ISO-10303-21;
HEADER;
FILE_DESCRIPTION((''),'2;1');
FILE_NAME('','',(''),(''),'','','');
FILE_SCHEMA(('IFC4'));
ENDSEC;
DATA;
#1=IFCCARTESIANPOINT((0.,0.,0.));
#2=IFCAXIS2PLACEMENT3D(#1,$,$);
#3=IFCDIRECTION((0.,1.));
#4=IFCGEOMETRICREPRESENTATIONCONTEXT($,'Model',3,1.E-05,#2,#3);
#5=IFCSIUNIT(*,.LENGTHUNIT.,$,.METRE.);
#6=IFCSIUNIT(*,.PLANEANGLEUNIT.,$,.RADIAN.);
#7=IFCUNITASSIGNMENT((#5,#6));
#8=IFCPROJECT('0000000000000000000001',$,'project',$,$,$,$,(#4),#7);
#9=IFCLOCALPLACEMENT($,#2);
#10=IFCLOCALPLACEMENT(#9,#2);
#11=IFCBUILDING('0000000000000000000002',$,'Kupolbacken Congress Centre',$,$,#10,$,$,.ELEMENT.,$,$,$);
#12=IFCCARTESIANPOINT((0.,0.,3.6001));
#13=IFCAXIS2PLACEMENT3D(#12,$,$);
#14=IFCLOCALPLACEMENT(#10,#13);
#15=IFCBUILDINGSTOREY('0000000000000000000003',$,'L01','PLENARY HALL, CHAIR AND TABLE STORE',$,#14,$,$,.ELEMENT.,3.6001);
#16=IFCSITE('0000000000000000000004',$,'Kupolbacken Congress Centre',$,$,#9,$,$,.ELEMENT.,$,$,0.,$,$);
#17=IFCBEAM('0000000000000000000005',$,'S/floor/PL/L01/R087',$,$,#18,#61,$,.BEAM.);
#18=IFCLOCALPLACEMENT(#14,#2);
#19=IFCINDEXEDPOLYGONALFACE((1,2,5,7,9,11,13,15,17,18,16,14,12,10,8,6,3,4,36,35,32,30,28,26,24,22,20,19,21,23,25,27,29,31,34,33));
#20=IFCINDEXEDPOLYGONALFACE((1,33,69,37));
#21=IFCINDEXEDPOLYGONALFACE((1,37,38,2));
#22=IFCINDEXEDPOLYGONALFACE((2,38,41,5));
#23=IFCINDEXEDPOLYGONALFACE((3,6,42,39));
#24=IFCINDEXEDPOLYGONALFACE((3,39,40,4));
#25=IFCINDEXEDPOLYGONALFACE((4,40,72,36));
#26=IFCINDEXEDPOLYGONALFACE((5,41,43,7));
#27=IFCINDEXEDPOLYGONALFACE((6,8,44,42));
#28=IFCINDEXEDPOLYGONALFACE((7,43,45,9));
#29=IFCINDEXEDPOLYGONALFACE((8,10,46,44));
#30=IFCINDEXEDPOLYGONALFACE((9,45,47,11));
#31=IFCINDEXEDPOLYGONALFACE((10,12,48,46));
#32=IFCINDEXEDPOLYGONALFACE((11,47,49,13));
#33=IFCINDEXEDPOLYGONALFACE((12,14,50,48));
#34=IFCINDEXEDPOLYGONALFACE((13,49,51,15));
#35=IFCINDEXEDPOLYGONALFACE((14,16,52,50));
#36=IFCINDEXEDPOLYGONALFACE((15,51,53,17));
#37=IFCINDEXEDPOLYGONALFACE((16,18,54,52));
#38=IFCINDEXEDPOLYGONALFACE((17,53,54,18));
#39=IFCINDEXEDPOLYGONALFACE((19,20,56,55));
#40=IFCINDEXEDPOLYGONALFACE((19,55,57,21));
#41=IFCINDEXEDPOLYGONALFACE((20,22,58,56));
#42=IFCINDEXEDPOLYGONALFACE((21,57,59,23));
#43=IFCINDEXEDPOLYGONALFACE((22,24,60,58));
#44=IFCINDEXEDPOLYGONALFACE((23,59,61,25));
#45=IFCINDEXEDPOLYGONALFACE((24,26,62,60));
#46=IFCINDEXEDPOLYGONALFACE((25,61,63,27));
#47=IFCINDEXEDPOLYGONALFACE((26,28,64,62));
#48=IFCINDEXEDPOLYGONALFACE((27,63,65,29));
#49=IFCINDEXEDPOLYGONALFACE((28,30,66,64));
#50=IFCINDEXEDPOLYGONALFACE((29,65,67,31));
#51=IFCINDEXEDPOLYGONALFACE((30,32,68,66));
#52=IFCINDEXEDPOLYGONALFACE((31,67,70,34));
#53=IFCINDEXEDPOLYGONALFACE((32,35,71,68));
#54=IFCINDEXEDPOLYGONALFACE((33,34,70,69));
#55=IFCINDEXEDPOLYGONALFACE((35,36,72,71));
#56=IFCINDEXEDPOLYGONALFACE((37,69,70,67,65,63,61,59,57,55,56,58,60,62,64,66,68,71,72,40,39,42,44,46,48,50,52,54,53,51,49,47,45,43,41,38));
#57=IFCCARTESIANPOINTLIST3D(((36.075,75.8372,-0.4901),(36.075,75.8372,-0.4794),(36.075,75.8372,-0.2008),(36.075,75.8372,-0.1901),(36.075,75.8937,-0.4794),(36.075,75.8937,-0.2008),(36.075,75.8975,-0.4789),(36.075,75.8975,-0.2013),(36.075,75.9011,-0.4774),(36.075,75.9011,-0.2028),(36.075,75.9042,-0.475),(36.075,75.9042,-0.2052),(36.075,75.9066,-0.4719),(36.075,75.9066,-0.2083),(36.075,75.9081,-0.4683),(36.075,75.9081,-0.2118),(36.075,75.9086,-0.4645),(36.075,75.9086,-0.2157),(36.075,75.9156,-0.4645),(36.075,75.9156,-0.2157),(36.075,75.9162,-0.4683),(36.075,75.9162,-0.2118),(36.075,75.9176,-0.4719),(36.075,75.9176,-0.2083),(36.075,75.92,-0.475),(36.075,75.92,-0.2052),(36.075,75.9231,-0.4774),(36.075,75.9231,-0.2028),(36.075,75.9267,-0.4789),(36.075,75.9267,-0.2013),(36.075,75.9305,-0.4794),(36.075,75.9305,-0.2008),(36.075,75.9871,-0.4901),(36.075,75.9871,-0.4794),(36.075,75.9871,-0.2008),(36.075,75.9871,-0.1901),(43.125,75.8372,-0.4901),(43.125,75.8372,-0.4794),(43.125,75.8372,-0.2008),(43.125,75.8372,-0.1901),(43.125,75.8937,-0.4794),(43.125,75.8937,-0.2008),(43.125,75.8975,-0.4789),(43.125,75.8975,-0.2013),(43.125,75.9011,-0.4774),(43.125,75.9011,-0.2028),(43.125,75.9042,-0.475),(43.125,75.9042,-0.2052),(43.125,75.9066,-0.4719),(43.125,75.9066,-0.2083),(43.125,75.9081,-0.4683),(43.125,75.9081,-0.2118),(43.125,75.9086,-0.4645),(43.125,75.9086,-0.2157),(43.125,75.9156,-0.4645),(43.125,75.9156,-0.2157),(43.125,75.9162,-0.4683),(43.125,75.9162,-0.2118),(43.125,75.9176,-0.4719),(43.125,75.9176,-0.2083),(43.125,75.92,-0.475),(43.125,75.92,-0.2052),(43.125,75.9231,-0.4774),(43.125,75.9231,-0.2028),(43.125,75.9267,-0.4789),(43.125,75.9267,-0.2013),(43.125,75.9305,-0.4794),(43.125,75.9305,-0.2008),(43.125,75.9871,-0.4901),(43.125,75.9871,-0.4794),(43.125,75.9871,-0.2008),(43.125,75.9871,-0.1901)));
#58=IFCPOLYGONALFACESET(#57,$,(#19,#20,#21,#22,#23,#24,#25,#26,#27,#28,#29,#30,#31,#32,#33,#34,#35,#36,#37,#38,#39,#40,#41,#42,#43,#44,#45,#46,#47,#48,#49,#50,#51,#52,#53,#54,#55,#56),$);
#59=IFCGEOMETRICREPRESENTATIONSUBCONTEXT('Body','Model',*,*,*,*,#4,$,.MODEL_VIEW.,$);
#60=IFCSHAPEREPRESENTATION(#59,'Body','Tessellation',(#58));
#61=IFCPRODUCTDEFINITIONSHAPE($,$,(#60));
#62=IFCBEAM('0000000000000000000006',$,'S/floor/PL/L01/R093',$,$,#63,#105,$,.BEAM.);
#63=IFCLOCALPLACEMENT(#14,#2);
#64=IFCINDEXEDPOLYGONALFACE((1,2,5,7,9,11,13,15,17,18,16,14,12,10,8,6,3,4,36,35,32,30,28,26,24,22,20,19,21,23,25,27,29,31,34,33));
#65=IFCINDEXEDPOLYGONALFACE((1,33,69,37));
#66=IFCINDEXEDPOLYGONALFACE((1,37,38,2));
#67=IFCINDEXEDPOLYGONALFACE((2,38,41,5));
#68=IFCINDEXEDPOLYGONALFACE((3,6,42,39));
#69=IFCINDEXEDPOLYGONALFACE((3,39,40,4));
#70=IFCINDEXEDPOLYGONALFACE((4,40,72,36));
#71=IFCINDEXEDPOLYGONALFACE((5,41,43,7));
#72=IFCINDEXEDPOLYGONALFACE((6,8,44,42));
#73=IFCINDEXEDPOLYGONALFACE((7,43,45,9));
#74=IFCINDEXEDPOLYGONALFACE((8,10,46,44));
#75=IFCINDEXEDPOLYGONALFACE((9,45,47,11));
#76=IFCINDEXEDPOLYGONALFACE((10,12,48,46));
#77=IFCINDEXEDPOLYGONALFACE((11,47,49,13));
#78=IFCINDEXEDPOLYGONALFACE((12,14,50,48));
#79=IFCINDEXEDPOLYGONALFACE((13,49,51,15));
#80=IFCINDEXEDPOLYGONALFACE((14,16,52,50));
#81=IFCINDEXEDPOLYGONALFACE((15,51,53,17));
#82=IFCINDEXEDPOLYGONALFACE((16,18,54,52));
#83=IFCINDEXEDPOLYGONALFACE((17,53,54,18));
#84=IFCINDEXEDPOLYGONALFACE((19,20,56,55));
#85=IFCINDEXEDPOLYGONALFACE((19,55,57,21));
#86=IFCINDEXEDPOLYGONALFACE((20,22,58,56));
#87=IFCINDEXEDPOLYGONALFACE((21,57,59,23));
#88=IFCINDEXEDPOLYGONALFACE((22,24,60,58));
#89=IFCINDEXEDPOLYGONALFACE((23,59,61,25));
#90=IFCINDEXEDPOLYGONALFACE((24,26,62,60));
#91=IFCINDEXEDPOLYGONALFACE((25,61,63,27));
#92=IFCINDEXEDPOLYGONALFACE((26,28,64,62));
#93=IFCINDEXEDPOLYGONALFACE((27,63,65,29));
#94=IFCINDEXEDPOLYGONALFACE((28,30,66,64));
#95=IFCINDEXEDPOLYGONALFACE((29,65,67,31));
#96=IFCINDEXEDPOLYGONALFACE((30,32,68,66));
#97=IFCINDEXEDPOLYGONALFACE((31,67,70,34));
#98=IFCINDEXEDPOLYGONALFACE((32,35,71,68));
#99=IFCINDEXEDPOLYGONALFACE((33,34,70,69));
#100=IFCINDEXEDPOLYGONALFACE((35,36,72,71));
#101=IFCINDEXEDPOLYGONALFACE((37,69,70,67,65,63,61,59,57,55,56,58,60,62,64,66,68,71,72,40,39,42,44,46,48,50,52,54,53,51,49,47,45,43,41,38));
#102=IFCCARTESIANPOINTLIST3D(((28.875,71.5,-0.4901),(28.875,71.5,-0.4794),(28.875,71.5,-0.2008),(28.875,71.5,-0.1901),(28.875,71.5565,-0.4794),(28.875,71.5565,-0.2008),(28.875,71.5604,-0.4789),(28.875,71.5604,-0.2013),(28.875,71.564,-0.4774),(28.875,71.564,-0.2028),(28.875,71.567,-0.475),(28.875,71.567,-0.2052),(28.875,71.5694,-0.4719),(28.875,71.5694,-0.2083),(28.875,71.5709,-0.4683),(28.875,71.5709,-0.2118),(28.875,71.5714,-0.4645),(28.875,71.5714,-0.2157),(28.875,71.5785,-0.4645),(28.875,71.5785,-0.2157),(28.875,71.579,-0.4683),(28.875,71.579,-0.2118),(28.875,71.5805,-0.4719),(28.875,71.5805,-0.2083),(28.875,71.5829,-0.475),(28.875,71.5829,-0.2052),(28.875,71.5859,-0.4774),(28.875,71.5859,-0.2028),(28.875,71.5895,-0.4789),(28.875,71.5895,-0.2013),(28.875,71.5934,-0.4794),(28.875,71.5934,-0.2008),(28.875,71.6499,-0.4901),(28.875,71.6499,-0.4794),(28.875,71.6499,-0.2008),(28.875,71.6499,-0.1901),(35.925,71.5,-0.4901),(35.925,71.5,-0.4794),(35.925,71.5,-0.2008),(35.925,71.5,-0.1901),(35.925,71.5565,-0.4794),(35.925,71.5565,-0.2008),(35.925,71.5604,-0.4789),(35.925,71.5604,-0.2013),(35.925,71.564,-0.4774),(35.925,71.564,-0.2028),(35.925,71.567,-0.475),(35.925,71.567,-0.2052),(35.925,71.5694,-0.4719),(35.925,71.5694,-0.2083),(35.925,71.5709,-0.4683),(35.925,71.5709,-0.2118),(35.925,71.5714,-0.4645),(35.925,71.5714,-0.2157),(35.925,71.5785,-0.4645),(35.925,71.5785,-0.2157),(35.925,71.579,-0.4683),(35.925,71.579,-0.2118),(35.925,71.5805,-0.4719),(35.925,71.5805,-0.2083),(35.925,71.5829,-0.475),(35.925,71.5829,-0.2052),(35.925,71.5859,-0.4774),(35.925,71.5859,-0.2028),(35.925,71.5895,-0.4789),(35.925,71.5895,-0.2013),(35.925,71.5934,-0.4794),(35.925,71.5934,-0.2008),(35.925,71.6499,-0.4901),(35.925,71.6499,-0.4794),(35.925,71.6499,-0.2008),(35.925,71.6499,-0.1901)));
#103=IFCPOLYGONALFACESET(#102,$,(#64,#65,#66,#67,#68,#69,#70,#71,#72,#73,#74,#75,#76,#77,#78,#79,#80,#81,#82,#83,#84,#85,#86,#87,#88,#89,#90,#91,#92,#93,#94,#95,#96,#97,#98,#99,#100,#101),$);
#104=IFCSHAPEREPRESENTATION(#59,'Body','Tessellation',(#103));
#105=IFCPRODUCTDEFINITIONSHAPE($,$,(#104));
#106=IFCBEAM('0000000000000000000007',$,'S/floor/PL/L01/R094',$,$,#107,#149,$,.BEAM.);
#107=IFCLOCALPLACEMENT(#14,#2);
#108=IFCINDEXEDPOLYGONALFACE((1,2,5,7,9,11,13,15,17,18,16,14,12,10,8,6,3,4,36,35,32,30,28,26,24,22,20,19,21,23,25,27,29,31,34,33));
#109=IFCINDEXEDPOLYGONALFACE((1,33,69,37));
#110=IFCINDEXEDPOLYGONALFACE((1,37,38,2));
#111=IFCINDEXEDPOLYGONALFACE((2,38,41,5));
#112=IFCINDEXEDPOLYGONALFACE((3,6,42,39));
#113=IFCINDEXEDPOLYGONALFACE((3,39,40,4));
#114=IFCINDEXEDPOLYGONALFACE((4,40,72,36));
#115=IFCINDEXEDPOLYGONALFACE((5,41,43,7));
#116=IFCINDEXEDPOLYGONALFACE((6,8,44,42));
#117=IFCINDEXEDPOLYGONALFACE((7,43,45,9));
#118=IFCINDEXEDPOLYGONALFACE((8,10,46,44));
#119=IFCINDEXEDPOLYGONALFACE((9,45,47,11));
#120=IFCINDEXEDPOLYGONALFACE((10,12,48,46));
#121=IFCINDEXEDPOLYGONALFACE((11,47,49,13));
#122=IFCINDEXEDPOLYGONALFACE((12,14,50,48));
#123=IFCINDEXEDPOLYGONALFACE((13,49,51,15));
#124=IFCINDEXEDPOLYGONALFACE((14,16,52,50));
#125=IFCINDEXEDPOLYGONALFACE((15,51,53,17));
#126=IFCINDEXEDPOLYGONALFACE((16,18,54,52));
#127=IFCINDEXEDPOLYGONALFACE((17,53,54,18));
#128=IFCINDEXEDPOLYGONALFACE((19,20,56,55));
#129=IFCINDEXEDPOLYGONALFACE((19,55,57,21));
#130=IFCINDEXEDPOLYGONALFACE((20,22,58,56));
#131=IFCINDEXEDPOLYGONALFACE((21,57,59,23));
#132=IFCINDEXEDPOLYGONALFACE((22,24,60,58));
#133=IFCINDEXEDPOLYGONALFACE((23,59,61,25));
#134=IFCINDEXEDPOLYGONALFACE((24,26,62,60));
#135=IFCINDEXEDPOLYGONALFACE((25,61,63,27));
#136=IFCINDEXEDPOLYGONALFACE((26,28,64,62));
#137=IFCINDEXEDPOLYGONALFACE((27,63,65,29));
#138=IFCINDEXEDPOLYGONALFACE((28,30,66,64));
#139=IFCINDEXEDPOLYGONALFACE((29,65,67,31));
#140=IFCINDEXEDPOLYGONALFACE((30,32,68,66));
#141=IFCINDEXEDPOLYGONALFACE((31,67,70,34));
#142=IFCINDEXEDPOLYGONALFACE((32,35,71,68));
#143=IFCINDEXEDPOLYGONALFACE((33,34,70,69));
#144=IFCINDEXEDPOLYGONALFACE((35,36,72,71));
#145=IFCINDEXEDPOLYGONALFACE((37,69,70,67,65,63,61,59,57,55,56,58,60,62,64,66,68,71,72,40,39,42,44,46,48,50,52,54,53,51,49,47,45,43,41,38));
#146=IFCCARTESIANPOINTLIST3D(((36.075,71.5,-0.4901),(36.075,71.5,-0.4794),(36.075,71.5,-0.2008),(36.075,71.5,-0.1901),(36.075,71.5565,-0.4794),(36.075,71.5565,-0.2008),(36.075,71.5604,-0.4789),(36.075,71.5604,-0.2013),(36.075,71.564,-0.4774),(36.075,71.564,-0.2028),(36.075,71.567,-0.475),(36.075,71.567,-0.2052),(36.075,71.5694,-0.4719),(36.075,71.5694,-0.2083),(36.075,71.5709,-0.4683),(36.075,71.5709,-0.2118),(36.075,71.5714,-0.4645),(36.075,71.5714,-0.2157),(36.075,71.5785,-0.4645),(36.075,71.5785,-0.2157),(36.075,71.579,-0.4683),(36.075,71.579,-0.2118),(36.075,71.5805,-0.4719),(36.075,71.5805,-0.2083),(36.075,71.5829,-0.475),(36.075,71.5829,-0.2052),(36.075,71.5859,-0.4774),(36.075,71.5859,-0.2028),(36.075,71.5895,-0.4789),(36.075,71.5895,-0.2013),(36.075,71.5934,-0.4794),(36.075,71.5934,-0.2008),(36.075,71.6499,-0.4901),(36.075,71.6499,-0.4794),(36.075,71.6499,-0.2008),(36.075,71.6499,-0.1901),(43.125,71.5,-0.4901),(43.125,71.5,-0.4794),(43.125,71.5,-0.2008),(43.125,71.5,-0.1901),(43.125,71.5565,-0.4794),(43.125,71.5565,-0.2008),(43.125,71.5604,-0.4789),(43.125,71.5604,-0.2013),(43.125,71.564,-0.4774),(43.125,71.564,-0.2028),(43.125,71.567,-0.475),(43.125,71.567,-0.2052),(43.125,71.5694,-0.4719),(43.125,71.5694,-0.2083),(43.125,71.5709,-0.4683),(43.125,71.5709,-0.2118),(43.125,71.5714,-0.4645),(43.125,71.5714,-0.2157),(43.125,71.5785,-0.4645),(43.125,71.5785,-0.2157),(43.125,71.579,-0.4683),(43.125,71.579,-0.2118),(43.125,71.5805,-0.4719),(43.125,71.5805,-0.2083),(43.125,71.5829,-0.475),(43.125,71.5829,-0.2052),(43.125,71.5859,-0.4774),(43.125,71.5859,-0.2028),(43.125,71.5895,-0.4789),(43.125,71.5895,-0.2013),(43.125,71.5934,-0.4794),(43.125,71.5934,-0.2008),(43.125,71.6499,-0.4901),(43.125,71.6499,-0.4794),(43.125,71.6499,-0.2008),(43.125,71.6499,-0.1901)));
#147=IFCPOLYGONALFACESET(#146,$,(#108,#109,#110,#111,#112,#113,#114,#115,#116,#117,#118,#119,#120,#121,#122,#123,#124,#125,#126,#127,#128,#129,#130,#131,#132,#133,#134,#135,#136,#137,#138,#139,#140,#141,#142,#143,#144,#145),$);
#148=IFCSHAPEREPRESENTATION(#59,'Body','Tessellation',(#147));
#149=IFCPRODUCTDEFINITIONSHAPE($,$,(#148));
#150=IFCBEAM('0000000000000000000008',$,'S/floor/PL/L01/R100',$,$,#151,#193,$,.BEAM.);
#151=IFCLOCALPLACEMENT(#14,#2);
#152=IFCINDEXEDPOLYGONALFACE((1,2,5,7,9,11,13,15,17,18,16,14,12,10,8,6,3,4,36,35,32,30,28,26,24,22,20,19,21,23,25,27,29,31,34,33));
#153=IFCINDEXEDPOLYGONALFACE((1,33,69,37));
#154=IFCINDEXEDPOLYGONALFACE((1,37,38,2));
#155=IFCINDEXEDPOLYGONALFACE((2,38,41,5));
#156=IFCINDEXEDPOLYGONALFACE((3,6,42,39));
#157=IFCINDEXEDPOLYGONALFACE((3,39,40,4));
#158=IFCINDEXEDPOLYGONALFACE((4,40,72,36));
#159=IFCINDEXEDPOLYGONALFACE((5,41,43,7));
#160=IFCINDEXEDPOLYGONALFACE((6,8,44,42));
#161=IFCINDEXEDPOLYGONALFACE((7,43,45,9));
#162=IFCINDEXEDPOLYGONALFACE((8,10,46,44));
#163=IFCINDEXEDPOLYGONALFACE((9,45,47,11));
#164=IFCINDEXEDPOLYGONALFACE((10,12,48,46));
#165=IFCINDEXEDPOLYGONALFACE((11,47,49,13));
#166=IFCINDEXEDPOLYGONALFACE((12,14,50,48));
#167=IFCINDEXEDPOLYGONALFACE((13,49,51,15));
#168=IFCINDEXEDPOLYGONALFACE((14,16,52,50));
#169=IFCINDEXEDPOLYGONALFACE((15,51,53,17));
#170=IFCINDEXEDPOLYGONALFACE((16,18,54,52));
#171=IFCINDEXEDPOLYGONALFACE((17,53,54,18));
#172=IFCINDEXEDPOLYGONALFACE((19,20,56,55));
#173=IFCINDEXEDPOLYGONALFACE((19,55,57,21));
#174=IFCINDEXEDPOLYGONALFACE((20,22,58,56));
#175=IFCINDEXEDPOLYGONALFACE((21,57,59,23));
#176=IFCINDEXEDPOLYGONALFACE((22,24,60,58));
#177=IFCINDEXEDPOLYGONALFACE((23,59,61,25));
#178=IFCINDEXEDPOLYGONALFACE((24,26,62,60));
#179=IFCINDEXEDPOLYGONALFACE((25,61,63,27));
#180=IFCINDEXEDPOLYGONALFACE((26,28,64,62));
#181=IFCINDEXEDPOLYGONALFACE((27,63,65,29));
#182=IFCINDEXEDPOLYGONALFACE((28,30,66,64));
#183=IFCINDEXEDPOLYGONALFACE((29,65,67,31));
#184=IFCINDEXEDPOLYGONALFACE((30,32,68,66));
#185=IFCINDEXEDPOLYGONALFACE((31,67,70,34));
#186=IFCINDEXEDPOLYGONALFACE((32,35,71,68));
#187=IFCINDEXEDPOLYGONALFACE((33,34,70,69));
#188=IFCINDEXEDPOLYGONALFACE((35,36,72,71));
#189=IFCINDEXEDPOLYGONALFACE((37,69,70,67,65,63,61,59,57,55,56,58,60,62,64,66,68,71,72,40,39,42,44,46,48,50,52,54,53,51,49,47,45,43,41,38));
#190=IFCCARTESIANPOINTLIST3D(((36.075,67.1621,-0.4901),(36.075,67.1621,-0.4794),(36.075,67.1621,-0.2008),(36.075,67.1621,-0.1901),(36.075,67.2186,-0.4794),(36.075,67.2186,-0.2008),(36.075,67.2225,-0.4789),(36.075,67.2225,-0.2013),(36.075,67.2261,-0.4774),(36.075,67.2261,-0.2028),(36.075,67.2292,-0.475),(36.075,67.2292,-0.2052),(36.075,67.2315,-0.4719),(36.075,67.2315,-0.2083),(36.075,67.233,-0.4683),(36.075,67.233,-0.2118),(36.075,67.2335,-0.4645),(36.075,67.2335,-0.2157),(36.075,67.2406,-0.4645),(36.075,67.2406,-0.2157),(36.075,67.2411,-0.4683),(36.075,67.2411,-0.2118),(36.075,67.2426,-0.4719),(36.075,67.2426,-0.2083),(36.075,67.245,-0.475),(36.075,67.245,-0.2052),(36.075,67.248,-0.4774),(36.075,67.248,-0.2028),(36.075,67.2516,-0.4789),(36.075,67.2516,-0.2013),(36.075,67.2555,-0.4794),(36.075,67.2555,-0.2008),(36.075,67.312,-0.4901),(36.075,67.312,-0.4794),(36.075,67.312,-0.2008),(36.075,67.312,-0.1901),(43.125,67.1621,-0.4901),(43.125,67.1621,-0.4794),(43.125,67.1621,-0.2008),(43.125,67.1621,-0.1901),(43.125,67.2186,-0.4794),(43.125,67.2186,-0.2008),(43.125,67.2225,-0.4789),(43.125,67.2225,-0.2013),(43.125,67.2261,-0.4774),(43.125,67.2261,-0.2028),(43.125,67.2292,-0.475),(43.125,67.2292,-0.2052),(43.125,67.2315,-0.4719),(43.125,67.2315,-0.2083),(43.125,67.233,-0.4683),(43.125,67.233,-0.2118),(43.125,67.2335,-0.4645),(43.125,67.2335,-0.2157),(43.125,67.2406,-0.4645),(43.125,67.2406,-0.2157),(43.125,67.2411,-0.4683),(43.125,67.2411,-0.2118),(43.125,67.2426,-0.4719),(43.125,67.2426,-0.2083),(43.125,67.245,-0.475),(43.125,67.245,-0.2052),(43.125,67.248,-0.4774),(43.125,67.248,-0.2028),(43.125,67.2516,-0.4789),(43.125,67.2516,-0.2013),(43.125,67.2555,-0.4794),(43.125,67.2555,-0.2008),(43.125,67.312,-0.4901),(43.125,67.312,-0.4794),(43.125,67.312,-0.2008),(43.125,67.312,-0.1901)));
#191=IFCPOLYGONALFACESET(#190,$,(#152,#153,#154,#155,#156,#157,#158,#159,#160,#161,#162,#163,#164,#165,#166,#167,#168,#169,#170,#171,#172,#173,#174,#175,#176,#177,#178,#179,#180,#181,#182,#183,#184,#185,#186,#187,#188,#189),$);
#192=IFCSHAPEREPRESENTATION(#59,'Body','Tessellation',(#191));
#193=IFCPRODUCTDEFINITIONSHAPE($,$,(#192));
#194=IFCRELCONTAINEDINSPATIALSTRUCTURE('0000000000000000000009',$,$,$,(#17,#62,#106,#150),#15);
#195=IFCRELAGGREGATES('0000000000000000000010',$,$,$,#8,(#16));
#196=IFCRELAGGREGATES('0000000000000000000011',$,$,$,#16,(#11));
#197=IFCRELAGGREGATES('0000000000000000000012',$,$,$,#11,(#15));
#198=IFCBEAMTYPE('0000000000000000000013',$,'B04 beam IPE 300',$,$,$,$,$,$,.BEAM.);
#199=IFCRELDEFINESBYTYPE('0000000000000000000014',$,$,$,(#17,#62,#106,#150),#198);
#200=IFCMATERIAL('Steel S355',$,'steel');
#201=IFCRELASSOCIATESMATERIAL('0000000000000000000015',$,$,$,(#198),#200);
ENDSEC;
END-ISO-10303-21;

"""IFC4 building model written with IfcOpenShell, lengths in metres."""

from ifc_helpers import new_model, si_unit, direction, frame, origin, origin_2d, place, context, subcontext, project, spatial, i_section, extrude, material, material_profile, profile_set, type_object, element, save


model = new_model("IFC4")

# Units and contexts
model_context = context("Model", 3, precision=1e-05, world=origin(), true_north=direction((0.0, 1.0)))
body_context = subcontext(model_context, "Body", "Model", "MODEL_VIEW")
ifc_project = project(units=[si_unit("LENGTHUNIT", "METRE"), si_unit("PLANEANGLEUNIT", "RADIAN")], contexts=[model_context])

# Site, building, storey
site_placement = place(None, origin())
site = spatial("IfcSite", under=ifc_project, at=site_placement, Name="Kupolbacken Congress Centre", CompositionType="ELEMENT", RefElevation=0.0)
building_placement = place(site_placement, origin())
building = spatial("IfcBuilding", under=site, at=building_placement, Name="Kupolbacken Congress Centre", CompositionType="ELEMENT")
storey_placement = place(building_placement, frame((0.0, 0.0, 3.6001)))
storey = spatial("IfcBuildingStorey", under=building, at=storey_placement, Name="L01", Description="PLENARY HALL, CHAIR AND TABLE STORE", CompositionType="ELEMENT", Elevation=3.6001)

# Beams
ifc_material_1 = material(Name="Steel S355", Category="steel")
ifc_material_profile_1 = material_profile(ifc_material_1, i_section(OverallWidth=0.1499, OverallDepth=0.3, WebThickness=0.0071, FlangeThickness=0.0107, FilletRadius=0.0149, at=origin_2d()), Name="IPE 300")
ifc_profile_set_1 = profile_set([ifc_material_profile_1], Name="Steel S355")
beam_type_1 = type_object("IfcBeamType", Name="B04 beam IPE 300", PredefinedType="BEAM", material=ifc_profile_set_1)
for number, where, z_axis, x_axis, name in (
    (1, (36.075, 75.9121, -0.3401), (1.0, 0.0, 0.0), (0.0, 1.0, 0.0), "S/floor/PL/L01/R087"),
    (2, (28.875, 71.575, -0.3401), (1.0, 0.0, 0.0), (0.0, 1.0, 0.0), "S/floor/PL/L01/R093"),
    (3, (36.075, 71.575, -0.3401), (1.0, 0.0, 0.0), (0.0, 1.0, 0.0), "S/floor/PL/L01/R094"),
    (4, (36.075, 67.2371, -0.3401), (1.0, 0.0, 0.0), (0.0, 1.0, 0.0), "S/floor/PL/L01/R100"),
):
    element("IfcBeam", number, at=place(storey_placement, frame(where, z_axis=z_axis, x_axis=x_axis)), inside=storey, type_object=beam_type_1, Name=name, PredefinedType="BEAM", context=body_context, shape_type="SweptSolid", body=[
        extrude(i_section(OverallWidth=0.1499, OverallDepth=0.3, WebThickness=0.0071, FlangeThickness=0.0107, FilletRadius=0.0149, at=origin_2d()), origin(), (0.0, 0.0, 1.0), 7.05),
    ])

save(model, "model.ifc")
